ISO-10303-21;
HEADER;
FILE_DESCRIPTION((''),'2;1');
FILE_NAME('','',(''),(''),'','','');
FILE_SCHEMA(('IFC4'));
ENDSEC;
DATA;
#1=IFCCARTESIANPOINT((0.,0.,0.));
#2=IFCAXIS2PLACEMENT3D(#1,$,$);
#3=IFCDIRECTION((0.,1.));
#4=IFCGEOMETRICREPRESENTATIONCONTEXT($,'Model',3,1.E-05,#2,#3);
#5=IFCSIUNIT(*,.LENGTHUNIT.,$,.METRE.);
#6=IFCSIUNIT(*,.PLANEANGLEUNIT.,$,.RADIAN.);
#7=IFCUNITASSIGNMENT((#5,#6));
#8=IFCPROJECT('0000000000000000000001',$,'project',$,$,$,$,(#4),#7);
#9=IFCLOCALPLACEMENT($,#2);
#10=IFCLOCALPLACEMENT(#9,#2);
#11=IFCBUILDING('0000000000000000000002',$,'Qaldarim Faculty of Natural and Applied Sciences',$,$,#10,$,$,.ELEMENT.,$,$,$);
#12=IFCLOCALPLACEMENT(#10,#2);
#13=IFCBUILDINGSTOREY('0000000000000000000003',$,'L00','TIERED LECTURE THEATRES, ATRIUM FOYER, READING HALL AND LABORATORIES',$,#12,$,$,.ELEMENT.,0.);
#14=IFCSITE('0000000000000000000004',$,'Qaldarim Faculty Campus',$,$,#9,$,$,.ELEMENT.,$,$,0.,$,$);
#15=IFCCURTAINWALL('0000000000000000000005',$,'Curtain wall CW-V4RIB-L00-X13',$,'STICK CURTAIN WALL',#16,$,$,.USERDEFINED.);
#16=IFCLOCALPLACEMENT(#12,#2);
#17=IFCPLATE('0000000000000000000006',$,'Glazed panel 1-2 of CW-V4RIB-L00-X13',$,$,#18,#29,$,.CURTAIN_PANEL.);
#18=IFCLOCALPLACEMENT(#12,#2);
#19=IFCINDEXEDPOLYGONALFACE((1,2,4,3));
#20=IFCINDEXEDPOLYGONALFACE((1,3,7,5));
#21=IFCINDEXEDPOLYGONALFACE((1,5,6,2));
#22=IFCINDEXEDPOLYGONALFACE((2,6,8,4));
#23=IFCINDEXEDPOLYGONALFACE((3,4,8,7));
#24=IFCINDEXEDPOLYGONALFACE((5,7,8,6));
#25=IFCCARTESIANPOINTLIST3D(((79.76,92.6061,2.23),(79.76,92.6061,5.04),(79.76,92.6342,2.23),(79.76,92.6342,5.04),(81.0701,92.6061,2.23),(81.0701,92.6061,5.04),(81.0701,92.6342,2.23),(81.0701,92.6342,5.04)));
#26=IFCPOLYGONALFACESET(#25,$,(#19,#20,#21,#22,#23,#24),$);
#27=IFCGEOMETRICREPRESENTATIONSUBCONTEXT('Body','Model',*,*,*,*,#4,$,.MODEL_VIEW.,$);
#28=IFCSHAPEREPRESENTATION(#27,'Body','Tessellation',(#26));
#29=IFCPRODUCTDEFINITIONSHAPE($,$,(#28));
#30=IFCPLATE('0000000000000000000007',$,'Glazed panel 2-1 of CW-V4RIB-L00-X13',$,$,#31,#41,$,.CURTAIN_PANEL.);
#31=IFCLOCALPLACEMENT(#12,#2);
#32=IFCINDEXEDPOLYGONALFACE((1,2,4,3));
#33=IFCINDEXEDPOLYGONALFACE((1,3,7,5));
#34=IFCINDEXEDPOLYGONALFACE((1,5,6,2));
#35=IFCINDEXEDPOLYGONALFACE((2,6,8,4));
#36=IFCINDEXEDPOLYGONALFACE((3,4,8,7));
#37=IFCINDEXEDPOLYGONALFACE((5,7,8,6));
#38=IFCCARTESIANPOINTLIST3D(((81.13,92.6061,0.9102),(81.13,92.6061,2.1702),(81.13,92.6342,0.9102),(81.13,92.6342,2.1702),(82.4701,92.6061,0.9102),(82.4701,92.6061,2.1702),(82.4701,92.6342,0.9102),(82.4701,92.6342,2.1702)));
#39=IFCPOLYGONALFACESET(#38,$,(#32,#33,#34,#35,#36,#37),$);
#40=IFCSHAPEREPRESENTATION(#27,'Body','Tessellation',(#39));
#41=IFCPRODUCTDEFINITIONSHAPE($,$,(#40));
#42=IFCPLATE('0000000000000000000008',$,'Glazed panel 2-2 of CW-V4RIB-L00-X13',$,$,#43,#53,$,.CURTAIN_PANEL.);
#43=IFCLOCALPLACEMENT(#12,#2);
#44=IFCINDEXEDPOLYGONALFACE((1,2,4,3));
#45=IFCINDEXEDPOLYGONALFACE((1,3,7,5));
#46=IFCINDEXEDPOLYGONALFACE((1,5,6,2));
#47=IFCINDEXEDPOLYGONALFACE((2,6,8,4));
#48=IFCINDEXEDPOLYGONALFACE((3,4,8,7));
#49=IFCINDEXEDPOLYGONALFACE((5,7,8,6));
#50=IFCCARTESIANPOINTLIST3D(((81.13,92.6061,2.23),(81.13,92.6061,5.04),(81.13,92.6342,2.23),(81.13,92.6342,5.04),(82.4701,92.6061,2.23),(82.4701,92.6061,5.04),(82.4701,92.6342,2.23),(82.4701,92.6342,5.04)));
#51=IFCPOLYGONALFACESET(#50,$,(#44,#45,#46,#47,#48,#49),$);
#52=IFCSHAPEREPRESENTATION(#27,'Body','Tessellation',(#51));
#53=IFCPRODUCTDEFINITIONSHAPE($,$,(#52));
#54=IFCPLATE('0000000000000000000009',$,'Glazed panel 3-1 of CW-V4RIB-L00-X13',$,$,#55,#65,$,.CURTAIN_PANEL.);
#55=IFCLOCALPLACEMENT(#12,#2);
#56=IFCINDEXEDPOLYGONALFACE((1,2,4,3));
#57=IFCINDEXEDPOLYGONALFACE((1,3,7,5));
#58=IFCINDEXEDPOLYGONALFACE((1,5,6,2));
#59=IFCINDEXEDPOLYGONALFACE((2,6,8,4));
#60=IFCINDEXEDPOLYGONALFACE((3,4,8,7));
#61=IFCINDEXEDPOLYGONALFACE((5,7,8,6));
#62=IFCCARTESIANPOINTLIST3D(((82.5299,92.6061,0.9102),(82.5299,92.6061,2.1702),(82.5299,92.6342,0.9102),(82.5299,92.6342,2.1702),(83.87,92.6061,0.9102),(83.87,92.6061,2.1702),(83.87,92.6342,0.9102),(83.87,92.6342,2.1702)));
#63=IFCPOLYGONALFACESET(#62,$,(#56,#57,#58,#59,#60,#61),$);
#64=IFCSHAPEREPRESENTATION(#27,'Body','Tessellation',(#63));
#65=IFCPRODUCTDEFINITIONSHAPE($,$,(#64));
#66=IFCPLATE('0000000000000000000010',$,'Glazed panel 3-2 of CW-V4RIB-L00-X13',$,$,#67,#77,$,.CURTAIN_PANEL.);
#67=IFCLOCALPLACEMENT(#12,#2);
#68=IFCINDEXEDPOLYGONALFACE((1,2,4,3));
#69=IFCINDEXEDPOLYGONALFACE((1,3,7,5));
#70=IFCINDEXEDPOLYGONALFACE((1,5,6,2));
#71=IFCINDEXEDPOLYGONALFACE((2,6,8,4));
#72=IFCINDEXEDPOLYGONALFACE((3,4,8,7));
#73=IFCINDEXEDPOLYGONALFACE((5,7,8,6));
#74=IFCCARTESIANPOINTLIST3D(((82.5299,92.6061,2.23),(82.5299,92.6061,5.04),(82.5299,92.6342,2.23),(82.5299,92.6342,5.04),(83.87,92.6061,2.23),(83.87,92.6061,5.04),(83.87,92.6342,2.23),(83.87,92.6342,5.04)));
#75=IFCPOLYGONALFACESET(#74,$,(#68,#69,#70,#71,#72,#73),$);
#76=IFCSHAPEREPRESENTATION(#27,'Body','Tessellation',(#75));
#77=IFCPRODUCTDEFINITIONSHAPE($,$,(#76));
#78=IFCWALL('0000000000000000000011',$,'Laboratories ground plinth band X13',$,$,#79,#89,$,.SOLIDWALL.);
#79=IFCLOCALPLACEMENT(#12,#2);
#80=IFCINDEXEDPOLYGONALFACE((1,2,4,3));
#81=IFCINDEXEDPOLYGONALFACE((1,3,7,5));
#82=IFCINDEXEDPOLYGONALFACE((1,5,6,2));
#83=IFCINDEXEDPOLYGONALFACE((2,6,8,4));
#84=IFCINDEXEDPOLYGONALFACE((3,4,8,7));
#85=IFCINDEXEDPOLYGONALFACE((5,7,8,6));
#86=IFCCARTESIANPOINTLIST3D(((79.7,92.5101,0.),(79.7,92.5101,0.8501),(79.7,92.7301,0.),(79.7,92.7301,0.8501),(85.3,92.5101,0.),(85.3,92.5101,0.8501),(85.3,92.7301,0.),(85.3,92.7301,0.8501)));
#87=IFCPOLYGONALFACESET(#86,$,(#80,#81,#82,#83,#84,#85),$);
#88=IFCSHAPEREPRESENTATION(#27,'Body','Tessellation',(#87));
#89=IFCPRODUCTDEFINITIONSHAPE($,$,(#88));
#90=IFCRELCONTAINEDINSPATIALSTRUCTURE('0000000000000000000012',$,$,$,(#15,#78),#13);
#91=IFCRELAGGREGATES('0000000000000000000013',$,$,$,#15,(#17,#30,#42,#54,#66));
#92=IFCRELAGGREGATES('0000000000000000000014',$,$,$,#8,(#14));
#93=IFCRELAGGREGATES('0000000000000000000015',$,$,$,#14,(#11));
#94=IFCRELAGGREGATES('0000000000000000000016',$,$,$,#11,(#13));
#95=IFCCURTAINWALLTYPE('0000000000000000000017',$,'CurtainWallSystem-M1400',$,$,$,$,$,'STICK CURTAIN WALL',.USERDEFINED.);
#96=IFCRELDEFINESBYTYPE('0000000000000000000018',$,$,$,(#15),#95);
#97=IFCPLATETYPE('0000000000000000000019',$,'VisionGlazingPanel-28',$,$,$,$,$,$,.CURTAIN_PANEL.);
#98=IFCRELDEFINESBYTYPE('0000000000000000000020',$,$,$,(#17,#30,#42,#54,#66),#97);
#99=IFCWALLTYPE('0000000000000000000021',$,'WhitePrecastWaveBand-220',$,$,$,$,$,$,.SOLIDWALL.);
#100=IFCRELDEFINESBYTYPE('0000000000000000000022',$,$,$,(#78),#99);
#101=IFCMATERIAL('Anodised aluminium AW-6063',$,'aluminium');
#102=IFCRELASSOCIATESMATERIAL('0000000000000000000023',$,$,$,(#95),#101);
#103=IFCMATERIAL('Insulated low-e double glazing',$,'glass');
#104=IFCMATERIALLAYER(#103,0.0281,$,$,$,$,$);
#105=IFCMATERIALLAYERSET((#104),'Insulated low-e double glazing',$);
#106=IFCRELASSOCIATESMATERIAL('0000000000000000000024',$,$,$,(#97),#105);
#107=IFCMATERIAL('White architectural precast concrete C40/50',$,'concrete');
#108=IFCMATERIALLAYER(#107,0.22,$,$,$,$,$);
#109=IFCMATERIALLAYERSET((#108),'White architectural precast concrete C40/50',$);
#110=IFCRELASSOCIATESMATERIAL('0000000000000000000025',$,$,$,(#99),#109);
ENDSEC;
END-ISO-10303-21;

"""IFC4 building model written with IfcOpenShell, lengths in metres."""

from ifc_helpers import new_model, si_unit, direction, frame, frame_2d, origin, origin_2d, place, context, subcontext, project, spatial, rectangle, extrude, material, layer, layer_set, type_object, element, aggregate, save


model = new_model("IFC4")

# Units and contexts
model_context = context("Model", 3, precision=1e-05, world=origin(), true_north=direction((0.0, 1.0)))
body_context = subcontext(model_context, "Body", "Model", "MODEL_VIEW")
ifc_project = project(units=[si_unit("LENGTHUNIT", "METRE"), si_unit("PLANEANGLEUNIT", "RADIAN")], contexts=[model_context])

# Site, building, storey
site_placement = place(None, origin())
site = spatial("IfcSite", under=ifc_project, at=site_placement, Name="Qaldarim Faculty Campus", CompositionType="ELEMENT", RefElevation=0.0)
building_placement = place(site_placement, origin())
building = spatial("IfcBuilding", under=site, at=building_placement, Name="Qaldarim Faculty of Natural and Applied Sciences", CompositionType="ELEMENT")
storey_placement = place(building_placement, origin())
storey = spatial("IfcBuildingStorey", under=building, at=storey_placement, Name="L00", Description="TIERED LECTURE THEATRES, ATRIUM FOYER, READING HALL AND LABORATORIES", CompositionType="ELEMENT", Elevation=0.0)

# Shared definitions
ifc_material_1 = material(Name="Anodised aluminium AW-6063", Category="aluminium")
curtain_wall_type = type_object("IfcCurtainWallType", Name="CurtainWallSystem-M1400", ElementType="STICK CURTAIN WALL", PredefinedType="USERDEFINED", material=ifc_material_1)

# Curtain wall
curtain_wall_1_placement = place(storey_placement, origin())
curtain_wall_1 = element("IfcCurtainWall", 1, at=curtain_wall_1_placement, inside=storey, type_object=curtain_wall_type, Name="Curtain wall CW-V4RIB-L00-X13", ObjectType="STICK CURTAIN WALL", PredefinedType="USERDEFINED")

# Plates
ifc_material_2 = material(Name="Insulated low-e double glazing", Category="glass")
ifc_layer_1 = layer(ifc_material_2, 0.0281)
ifc_layer_set_1 = layer_set([ifc_layer_1], Name="Insulated low-e double glazing")
plate_type = type_object("IfcPlateType", Name="VisionGlazingPanel-28", PredefinedType="CURTAIN_PANEL", material=ifc_layer_set_1)
plate_1_placement = place(storey_placement, frame((80.415, 92.6201, 2.23), z_axis=(0.0, 0.0, 1.0), x_axis=(1.0, 0.0, 0.0)))
plate_1 = element("IfcPlate", 2, at=plate_1_placement, type_object=plate_type, Name="Glazed panel 1-2 of CW-V4RIB-L00-X13", PredefinedType="CURTAIN_PANEL", context=body_context, shape_type="SweptSolid", body=[
    extrude(rectangle(XDim=1.3101, YDim=0.0281, at=origin_2d()), origin(), (0.0, 0.0, 1.0), 2.8101),
])
plate_2_placement = place(storey_placement, frame((81.8, 92.6201, 0.9102), z_axis=(0.0, 0.0, 1.0), x_axis=(1.0, 0.0, 0.0)))
plate_2 = element("IfcPlate", 3, at=plate_2_placement, type_object=plate_type, Name="Glazed panel 2-1 of CW-V4RIB-L00-X13", PredefinedType="CURTAIN_PANEL", context=body_context, shape_type="SweptSolid", body=[
    extrude(rectangle(XDim=1.3401, YDim=0.0281, at=origin_2d()), origin(), (0.0, 0.0, 1.0), 1.26),
])
plate_3_placement = place(storey_placement, frame((81.8, 92.6201, 2.23), z_axis=(0.0, 0.0, 1.0), x_axis=(1.0, 0.0, 0.0)))
plate_3 = element("IfcPlate", 4, at=plate_3_placement, type_object=plate_type, Name="Glazed panel 2-2 of CW-V4RIB-L00-X13", PredefinedType="CURTAIN_PANEL", context=body_context, shape_type="SweptSolid", body=[
    extrude(rectangle(XDim=1.3401, YDim=0.0281, at=origin_2d()), origin(), (0.0, 0.0, 1.0), 2.8101),
])
plate_4_placement = place(storey_placement, frame((83.2, 92.6201, 0.9102), z_axis=(0.0, 0.0, 1.0), x_axis=(1.0, 0.0, 0.0)))
plate_4 = element("IfcPlate", 5, at=plate_4_placement, type_object=plate_type, Name="Glazed panel 3-1 of CW-V4RIB-L00-X13", PredefinedType="CURTAIN_PANEL", context=body_context, shape_type="SweptSolid", body=[
    extrude(rectangle(XDim=1.3401, YDim=0.0281, at=origin_2d()), origin(), (0.0, 0.0, 1.0), 1.26),
])
plate_5_placement = place(storey_placement, frame((83.2, 92.6201, 2.23), z_axis=(0.0, 0.0, 1.0), x_axis=(1.0, 0.0, 0.0)))
plate_5 = element("IfcPlate", 6, at=plate_5_placement, type_object=plate_type, Name="Glazed panel 3-2 of CW-V4RIB-L00-X13", PredefinedType="CURTAIN_PANEL", context=body_context, shape_type="SweptSolid", body=[
    extrude(rectangle(XDim=1.3401, YDim=0.0281, at=origin_2d()), origin(), (0.0, 0.0, 1.0), 2.8101),
])
aggregate(curtain_wall_1, [plate_1, plate_2, plate_3, plate_4, plate_5])

# Wall
ifc_material_3 = material(Name="White architectural precast concrete C40/50", Category="concrete")
ifc_layer_2 = layer(ifc_material_3, 0.22)
ifc_layer_set_2 = layer_set([ifc_layer_2], Name="White architectural precast concrete C40/50")
wall_type = type_object("IfcWallType", Name="WhitePrecastWaveBand-220", PredefinedType="SOLIDWALL", material=ifc_layer_set_2)
wall_placement = place(storey_placement, frame((79.7, 92.6201, 0.0), z_axis=(0.0, 0.0, 1.0), x_axis=(1.0, 0.0, 0.0)))
element("IfcWall", 7, at=wall_placement, inside=storey, type_object=wall_type, Name="Laboratories ground plinth band X13", PredefinedType="SOLIDWALL", context=body_context, shape_type="SweptSolid", body=[
    extrude(rectangle(XDim=5.6001, YDim=0.22, at=frame_2d((2.8, 0.0))), origin(), (0.0, 0.0, 1.0), 0.8501),
])

save(model, "model.ifc")
